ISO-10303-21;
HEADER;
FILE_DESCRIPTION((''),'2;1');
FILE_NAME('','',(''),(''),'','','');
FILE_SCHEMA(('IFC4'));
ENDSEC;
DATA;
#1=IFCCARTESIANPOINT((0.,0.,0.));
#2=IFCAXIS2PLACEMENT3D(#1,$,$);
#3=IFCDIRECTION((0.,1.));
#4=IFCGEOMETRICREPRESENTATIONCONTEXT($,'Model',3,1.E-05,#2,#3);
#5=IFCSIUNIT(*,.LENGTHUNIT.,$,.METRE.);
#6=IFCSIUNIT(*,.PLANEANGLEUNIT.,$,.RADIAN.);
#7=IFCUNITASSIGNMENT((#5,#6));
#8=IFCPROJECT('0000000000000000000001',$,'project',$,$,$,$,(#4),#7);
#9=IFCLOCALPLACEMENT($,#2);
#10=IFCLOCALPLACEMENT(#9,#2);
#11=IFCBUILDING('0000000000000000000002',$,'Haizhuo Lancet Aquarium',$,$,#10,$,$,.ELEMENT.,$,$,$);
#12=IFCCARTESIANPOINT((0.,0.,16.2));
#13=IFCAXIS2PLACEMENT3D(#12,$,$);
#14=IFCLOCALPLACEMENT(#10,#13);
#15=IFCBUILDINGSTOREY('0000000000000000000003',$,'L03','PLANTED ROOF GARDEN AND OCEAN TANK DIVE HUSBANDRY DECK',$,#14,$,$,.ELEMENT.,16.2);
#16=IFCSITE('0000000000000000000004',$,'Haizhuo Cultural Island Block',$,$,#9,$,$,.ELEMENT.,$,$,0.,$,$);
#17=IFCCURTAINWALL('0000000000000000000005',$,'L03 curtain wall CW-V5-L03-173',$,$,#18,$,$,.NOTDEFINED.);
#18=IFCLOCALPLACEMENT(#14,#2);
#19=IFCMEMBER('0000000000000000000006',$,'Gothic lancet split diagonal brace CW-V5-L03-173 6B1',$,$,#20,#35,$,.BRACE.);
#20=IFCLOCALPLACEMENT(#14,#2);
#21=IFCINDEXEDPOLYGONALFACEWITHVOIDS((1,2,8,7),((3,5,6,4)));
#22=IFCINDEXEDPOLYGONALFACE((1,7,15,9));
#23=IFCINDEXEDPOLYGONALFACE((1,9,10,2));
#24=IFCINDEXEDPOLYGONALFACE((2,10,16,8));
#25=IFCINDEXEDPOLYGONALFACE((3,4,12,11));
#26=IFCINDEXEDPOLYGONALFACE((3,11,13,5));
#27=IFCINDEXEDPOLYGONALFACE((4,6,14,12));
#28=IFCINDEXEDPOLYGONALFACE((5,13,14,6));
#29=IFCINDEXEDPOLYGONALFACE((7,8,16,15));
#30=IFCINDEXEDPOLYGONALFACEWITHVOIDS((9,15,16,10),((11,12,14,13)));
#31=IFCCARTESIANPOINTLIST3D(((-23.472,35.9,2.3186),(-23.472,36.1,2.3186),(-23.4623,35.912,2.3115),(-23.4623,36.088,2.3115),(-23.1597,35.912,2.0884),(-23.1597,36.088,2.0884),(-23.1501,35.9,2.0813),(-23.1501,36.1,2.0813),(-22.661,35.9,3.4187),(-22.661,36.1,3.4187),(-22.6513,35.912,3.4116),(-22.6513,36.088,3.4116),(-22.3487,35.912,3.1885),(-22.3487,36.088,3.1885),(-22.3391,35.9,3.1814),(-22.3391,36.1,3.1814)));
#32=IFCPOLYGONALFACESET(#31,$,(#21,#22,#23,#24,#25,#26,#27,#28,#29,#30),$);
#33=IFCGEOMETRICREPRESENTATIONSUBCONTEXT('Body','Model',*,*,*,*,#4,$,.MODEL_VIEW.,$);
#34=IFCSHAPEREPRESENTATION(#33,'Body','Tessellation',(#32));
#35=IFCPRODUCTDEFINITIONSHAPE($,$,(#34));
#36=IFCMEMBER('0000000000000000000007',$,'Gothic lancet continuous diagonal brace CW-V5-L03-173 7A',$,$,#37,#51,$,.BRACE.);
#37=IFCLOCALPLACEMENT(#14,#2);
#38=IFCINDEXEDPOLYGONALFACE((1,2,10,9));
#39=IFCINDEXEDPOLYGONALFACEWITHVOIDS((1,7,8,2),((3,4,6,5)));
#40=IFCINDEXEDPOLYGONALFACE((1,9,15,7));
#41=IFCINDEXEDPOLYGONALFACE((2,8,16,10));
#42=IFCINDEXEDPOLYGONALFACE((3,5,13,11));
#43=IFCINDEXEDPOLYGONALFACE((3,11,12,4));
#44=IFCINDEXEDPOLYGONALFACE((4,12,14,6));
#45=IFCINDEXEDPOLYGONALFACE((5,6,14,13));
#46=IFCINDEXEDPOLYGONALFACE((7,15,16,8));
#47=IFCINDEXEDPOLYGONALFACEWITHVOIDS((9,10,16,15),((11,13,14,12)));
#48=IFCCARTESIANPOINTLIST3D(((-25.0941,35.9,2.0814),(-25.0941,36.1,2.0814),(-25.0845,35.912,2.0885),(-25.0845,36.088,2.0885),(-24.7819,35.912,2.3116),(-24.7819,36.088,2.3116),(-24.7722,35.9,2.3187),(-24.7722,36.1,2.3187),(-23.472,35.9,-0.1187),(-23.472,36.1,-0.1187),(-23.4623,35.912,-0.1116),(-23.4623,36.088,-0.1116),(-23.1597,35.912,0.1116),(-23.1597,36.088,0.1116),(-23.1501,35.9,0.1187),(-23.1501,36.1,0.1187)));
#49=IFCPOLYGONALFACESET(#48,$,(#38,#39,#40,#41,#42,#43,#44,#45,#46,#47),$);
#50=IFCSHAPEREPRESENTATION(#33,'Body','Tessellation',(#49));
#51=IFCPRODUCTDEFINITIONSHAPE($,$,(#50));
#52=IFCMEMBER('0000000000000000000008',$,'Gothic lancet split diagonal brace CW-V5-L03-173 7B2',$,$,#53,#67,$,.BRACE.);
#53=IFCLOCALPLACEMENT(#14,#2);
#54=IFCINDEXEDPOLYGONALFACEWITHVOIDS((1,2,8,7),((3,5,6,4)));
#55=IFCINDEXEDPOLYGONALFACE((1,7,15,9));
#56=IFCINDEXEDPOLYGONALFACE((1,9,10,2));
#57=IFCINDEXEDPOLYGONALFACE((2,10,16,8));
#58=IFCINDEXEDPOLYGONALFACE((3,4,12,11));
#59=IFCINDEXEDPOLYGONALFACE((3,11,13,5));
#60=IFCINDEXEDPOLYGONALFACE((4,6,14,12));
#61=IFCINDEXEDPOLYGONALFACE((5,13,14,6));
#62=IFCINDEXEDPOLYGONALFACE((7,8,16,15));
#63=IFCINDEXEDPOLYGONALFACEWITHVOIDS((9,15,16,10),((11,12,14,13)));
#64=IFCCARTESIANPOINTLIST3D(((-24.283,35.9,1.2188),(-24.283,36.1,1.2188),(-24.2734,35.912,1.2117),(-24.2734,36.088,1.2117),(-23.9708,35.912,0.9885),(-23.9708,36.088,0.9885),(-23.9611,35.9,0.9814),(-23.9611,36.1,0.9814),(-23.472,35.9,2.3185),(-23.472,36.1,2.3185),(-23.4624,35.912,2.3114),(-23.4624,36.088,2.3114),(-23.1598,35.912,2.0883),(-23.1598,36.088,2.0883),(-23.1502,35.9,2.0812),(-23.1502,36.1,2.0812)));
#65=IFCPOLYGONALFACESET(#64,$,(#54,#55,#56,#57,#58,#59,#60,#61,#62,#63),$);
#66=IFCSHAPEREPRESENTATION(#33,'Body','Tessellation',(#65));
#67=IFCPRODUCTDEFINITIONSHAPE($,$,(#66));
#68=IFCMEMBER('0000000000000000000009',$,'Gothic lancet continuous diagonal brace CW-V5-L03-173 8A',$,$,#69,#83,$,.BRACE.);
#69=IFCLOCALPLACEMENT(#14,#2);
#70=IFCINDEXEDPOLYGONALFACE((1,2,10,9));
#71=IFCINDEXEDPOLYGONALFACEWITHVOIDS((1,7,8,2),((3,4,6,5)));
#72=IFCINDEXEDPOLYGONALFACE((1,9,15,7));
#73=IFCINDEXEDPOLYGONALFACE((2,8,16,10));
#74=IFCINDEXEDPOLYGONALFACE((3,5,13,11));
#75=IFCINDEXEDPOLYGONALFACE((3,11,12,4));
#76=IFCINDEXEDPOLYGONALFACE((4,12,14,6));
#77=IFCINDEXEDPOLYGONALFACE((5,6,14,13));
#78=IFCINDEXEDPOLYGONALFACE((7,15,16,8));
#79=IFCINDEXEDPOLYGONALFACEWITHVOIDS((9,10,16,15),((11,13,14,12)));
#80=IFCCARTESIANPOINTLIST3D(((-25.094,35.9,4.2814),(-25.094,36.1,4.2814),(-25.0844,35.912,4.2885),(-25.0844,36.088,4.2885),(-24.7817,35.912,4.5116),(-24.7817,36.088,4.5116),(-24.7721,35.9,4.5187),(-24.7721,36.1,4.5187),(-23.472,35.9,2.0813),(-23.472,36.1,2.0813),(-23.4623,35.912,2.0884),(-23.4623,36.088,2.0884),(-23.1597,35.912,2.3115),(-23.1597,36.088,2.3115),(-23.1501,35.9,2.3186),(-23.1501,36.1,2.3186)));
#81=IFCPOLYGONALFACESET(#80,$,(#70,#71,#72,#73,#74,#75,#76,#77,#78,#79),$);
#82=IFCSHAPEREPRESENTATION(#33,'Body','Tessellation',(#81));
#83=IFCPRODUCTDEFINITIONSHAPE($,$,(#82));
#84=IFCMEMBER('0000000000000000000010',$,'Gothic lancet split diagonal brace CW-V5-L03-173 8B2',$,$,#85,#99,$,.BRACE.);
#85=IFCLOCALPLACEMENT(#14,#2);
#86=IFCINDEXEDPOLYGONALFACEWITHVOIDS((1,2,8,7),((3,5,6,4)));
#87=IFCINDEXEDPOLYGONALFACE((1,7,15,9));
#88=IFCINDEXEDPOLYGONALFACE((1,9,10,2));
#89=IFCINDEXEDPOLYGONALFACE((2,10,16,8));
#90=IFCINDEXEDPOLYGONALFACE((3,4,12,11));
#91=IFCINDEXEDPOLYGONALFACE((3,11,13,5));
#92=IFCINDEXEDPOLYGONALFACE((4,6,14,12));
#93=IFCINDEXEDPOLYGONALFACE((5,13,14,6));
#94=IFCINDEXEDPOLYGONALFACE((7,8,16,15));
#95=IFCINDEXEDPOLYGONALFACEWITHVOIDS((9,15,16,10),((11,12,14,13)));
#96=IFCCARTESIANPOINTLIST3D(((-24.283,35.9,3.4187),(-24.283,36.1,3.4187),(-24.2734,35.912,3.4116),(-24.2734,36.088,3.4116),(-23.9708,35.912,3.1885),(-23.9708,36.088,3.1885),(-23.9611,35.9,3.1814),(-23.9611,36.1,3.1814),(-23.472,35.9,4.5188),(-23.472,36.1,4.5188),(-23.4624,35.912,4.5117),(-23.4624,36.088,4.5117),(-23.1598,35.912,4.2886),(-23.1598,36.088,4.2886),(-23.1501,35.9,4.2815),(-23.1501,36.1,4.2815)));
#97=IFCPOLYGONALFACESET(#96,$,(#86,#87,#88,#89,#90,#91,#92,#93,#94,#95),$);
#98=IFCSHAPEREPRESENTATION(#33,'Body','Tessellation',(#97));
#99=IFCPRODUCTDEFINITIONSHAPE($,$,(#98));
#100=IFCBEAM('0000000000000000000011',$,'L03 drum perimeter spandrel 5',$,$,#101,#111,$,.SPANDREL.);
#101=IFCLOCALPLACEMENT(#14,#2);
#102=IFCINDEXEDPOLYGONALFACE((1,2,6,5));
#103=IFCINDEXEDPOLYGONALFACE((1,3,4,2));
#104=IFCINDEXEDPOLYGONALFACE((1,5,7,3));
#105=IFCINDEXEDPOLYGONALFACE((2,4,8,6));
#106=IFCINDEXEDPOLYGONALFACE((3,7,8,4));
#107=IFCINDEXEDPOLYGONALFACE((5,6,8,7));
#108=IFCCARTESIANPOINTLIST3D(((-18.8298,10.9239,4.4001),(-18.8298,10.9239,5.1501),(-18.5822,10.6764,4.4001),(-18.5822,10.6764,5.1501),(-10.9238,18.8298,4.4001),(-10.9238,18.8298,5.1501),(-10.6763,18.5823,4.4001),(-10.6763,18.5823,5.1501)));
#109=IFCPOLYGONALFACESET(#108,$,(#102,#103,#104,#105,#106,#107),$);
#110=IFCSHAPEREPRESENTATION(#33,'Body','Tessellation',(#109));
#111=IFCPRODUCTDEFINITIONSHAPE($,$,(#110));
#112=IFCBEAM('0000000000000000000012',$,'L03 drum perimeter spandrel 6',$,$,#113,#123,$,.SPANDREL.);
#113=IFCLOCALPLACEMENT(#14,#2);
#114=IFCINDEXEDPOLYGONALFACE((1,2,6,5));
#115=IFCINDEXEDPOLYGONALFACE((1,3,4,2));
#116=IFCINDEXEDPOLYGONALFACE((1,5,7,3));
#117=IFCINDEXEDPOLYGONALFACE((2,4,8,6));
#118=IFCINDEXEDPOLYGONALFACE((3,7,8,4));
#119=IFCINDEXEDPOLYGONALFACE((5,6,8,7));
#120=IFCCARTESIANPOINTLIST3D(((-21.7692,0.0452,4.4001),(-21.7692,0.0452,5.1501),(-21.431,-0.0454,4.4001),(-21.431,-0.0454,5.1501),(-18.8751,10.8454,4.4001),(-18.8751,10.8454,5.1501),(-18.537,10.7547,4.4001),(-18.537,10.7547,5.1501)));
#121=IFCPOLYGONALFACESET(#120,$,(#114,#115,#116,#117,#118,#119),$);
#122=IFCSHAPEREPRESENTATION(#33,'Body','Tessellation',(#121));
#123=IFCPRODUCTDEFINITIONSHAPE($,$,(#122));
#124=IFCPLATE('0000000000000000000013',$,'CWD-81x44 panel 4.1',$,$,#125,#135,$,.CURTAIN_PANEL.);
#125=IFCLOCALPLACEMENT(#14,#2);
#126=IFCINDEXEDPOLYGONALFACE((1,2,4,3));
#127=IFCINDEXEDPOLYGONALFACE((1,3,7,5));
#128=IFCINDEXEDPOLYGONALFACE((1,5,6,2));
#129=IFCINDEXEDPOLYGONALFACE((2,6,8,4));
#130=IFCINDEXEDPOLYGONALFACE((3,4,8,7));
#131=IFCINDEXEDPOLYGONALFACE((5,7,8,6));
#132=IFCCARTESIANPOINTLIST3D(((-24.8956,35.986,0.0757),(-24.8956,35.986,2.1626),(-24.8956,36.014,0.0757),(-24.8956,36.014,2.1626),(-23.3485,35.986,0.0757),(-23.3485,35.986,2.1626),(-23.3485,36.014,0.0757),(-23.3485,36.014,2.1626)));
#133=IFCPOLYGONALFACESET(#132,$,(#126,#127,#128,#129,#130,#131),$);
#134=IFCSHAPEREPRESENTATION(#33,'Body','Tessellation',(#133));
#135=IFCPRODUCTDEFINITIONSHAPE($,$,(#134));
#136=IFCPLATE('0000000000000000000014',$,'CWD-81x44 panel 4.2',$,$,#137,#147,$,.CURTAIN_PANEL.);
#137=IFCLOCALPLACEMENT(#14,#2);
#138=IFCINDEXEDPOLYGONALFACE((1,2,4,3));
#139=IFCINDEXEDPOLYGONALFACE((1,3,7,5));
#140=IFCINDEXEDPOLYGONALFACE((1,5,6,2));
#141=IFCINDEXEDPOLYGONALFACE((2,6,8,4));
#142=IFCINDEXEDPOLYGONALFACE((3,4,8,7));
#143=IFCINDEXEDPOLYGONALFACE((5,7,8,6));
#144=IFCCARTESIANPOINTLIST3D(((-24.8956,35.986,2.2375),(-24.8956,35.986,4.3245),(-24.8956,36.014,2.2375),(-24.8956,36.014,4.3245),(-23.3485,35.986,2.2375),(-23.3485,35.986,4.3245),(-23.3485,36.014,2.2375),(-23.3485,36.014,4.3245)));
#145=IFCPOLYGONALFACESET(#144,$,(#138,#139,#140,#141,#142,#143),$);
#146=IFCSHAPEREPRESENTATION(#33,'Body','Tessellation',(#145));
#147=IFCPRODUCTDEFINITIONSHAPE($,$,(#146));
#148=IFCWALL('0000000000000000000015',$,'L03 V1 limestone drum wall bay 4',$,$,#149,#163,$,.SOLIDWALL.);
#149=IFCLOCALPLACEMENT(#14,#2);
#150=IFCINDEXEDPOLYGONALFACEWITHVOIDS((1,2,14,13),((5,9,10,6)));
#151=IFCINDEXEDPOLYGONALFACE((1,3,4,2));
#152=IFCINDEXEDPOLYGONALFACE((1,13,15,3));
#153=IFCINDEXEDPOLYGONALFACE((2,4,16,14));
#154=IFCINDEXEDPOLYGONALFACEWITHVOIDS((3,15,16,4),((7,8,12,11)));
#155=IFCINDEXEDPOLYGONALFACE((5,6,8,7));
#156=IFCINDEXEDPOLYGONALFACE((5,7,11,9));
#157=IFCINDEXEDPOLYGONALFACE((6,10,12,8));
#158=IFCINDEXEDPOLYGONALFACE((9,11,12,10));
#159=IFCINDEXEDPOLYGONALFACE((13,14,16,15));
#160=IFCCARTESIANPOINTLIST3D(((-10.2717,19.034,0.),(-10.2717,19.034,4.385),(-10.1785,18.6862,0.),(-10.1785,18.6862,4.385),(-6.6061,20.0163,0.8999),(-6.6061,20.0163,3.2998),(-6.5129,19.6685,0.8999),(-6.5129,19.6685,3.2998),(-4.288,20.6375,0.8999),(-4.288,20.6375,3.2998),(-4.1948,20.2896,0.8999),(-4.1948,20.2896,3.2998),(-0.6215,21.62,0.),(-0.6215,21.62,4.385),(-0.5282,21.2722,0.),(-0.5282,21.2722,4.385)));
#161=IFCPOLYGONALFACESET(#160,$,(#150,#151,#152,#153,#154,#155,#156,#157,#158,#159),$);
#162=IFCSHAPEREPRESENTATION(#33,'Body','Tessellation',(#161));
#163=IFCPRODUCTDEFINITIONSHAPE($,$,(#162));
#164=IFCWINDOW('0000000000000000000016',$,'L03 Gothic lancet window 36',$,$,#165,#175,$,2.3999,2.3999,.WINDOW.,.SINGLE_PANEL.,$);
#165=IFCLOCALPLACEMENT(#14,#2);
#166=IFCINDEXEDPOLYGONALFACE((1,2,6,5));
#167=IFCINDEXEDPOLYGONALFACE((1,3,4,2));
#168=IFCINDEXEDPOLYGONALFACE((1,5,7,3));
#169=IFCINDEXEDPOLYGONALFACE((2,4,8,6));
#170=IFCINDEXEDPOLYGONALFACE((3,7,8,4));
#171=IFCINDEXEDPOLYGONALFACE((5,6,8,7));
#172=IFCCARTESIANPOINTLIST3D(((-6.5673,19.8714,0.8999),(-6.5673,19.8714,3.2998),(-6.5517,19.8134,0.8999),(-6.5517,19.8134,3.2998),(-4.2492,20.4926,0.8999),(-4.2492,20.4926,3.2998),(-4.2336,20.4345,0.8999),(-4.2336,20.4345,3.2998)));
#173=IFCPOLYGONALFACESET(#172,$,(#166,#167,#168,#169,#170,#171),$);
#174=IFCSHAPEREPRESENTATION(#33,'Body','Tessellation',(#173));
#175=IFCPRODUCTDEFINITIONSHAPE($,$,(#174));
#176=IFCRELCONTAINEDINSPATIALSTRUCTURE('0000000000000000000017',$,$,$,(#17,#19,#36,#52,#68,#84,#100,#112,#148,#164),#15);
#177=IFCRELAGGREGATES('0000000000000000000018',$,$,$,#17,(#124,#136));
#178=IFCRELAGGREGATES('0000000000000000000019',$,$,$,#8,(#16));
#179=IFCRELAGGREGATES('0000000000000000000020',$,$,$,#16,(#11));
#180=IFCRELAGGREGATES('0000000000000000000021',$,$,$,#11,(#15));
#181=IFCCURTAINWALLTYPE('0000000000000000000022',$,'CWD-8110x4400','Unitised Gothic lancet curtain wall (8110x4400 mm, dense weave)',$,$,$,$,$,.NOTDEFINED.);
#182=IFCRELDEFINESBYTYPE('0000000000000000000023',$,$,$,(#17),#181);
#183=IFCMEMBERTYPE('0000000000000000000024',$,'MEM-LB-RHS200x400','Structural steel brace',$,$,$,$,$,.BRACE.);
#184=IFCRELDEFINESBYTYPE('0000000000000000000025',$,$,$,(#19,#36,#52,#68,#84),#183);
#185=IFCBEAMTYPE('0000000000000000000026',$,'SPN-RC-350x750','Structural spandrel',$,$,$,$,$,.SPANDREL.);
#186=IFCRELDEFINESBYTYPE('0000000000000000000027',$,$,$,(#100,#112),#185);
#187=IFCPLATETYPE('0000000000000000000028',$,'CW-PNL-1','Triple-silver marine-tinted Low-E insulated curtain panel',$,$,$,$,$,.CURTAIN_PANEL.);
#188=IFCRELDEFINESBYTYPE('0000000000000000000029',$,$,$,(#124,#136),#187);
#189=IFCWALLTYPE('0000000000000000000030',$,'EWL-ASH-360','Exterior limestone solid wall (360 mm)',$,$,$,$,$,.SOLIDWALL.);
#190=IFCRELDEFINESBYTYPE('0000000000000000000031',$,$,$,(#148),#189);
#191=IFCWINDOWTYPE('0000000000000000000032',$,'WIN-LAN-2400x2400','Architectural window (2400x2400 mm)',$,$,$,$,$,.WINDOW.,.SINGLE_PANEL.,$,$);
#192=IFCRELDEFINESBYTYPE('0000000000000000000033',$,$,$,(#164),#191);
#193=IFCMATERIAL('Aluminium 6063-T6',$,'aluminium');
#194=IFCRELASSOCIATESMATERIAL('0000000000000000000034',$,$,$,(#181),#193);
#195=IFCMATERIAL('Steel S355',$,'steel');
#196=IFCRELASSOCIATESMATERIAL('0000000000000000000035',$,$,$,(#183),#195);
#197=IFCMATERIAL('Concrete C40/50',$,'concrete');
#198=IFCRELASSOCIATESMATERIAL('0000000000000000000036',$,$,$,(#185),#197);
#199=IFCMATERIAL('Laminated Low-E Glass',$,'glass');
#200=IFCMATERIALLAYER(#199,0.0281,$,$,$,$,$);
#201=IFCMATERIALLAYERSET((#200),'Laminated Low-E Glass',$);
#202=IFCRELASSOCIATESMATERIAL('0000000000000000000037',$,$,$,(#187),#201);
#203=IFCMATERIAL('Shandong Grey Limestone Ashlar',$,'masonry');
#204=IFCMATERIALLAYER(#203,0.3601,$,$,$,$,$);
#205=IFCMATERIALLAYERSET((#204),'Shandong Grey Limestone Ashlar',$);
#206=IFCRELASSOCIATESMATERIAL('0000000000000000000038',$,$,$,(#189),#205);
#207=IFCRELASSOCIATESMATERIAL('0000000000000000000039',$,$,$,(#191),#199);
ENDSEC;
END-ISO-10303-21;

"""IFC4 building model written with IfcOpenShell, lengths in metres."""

from ifc_helpers import new_model, si_unit, direction, frame, frame_2d, origin, origin_2d, place, context, subcontext, project, spatial, rectangle, hollow_rectangle, extrude, material, layer, layer_set, material_profile, profile_set, type_object, element, fill, aggregate, save


model = new_model("IFC4")

# Units and contexts
model_context = context("Model", 3, precision=1e-05, world=origin(), true_north=direction((0.0, 1.0)))
body_context = subcontext(model_context, "Body", "Model", "MODEL_VIEW")
ifc_project = project(units=[si_unit("LENGTHUNIT", "METRE"), si_unit("PLANEANGLEUNIT", "RADIAN")], contexts=[model_context])

# Site, building, storey
site_placement = place(None, origin())
site = spatial("IfcSite", under=ifc_project, at=site_placement, Name="Haizhuo Cultural Island Block", CompositionType="ELEMENT", RefElevation=0.0)
building_placement = place(site_placement, origin())
building = spatial("IfcBuilding", under=site, at=building_placement, Name="Haizhuo Lancet Aquarium", CompositionType="ELEMENT")
storey_placement = place(building_placement, frame((0.0, 0.0, 16.2)))
storey = spatial("IfcBuildingStorey", under=building, at=storey_placement, Name="L03", Description="PLANTED ROOF GARDEN AND OCEAN TANK DIVE HUSBANDRY DECK", CompositionType="ELEMENT", Elevation=16.2)

# Shared definitions
ifc_material_1 = material(Name="Concrete C40/50", Category="concrete")
ifc_material_2 = material(Name="Steel S355", Category="steel")

# Curtain wall
ifc_material_3 = material(Name="Aluminium 6063-T6", Category="aluminium")
curtain_wall_type = type_object("IfcCurtainWallType", Name="CWD-8110x4400", Description="Unitised Gothic lancet curtain wall (8110x4400 mm, dense weave)", PredefinedType="NOTDEFINED", material=ifc_material_3)
curtain_wall_placement = place(storey_placement, origin())
curtain_wall = element("IfcCurtainWall", 1, at=curtain_wall_placement, inside=storey, type_object=curtain_wall_type, Name="L03 curtain wall CW-V5-L03-173", PredefinedType="NOTDEFINED")

# Members
ifc_material_profile_1 = material_profile(ifc_material_2, hollow_rectangle(XDim=0.2, YDim=0.3999, WallThickness=0.012, at=origin_2d()), Name="RHS 200x400x12")
ifc_profile_set_1 = profile_set([ifc_material_profile_1], Name="Steel S355")
member_type_1 = type_object("IfcMemberType", Name="MEM-LB-RHS200x400", Description="Structural steel brace", PredefinedType="BRACE", material=ifc_profile_set_1)
for number, where, z_axis, x_axis, name in (
    (2, (-23.311, 36.0, 2.2), (0.593406, 0.0, 0.804903), (0.0, 1.0, 0.0), "Gothic lancet split diagonal brace CW-V5-L03-173 6B1"),
):
    element("IfcMember", number, at=place(storey_placement, frame(where, z_axis=z_axis, x_axis=x_axis)), inside=storey, type_object=member_type_1, Name=name, PredefinedType="BRACE", context=body_context, shape_type="SweptSolid", body=[
        extrude(hollow_rectangle(XDim=0.2, YDim=0.3999, WallThickness=0.012, at=origin_2d()), origin(), (0.0, 0.0, 1.0), 1.3667),
    ])
member_1_placement = place(storey_placement, frame((-23.311, 36.0, 0.0), z_axis=(-0.593449, 0.0, 0.804872), x_axis=(0.0, -1.0, 0.0)))
element("IfcMember", 3, at=member_1_placement, inside=storey, type_object=member_type_1, Name="Gothic lancet continuous diagonal brace CW-V5-L03-173 7A", PredefinedType="BRACE", context=body_context, shape_type="SweptSolid", body=[
    extrude(hollow_rectangle(XDim=0.2, YDim=0.3999, WallThickness=0.012, at=origin_2d()), origin(), (0.0, 0.0, 1.0), 2.7334),
])
member_2_placement = place(storey_placement, frame((-24.1221, 36.0, 1.1001), z_axis=(0.593492, 0.0, 0.80484), x_axis=(0.0, 1.0, 0.0)))
element("IfcMember", 4, at=member_2_placement, inside=storey, type_object=member_type_1, Name="Gothic lancet split diagonal brace CW-V5-L03-173 7B2", PredefinedType="BRACE", context=body_context, shape_type="SweptSolid", body=[
    extrude(hollow_rectangle(XDim=0.2, YDim=0.3999, WallThickness=0.012, at=origin_2d()), origin(), (0.0, 0.0, 1.0), 1.3665),
])
member_3_placement = place(storey_placement, frame((-23.311, 36.0, 2.2), z_axis=(-0.593406, 0.0, 0.804903), x_axis=(0.0, -1.0, 0.0)))
element("IfcMember", 5, at=member_3_placement, inside=storey, type_object=member_type_1, Name="Gothic lancet continuous diagonal brace CW-V5-L03-173 8A", PredefinedType="BRACE", context=body_context, shape_type="SweptSolid", body=[
    extrude(hollow_rectangle(XDim=0.2, YDim=0.3999, WallThickness=0.012, at=origin_2d()), origin(), (0.0, 0.0, 1.0), 2.7334),
])
member_4_placement = place(storey_placement, frame((-24.1221, 36.0, 3.3), z_axis=(0.593406, 0.0, 0.804903), x_axis=(0.0, 1.0, 0.0)))
element("IfcMember", 6, at=member_4_placement, inside=storey, type_object=member_type_1, Name="Gothic lancet split diagonal brace CW-V5-L03-173 8B2", PredefinedType="BRACE", context=body_context, shape_type="SweptSolid", body=[
    extrude(hollow_rectangle(XDim=0.2, YDim=0.3999, WallThickness=0.012, at=origin_2d()), origin(), (0.0, 0.0, 1.0), 1.3667),
])

# Beams
ifc_material_profile_2 = material_profile(ifc_material_1, rectangle(XDim=0.3501, YDim=0.75, at=origin_2d()), Name="RC-SP 350x750")
ifc_profile_set_2 = profile_set([ifc_material_profile_2], Name="Concrete C40/50")
beam_type_1 = type_object("IfcBeamType", Name="SPN-RC-350x750", Description="Structural spandrel", PredefinedType="SPANDREL", material=ifc_profile_set_2)
beam_1_placement = place(storey_placement, frame((-10.8, 18.7061, 4.7751), z_axis=(-0.707107, -0.707107, 0.0), x_axis=(0.707107, -0.707107, 0.0)))
element("IfcBeam", 7, at=beam_1_placement, inside=storey, type_object=beam_type_1, Name="L03 drum perimeter spandrel 5", PredefinedType="SPANDREL", context=body_context, shape_type="SweptSolid", body=[
    extrude(rectangle(XDim=0.3501, YDim=0.75, at=origin_2d()), origin(), (0.0, 0.0, 1.0), 11.1807),
])
beam_2_placement = place(storey_placement, frame((-18.7061, 10.8, 4.7751), z_axis=(-0.258834, -0.965922, 0.0), x_axis=(0.965922, -0.258834, 0.0)))
element("IfcBeam", 8, at=beam_2_placement, inside=storey, type_object=beam_type_1, Name="L03 drum perimeter spandrel 6", PredefinedType="SPANDREL", context=body_context, shape_type="SweptSolid", body=[
    extrude(rectangle(XDim=0.3501, YDim=0.75, at=origin_2d()), origin(), (0.0, 0.0, 1.0), 11.1812),
])

# Plates
ifc_material_4 = material(Name="Laminated Low-E Glass", Category="glass")
ifc_layer_1 = layer(ifc_material_4, 0.0281)
ifc_layer_set_1 = layer_set([ifc_layer_1], Name="Laminated Low-E Glass")
plate_type = type_object("IfcPlateType", Name="CW-PNL-1", Description="Triple-silver marine-tinted Low-E insulated curtain panel", PredefinedType="CURTAIN_PANEL", material=ifc_layer_set_1)
plate_1_placement = place(storey_placement, frame((-24.1221, 36.0, 0.0757), z_axis=(0.0, 0.0, 1.0), x_axis=(-1.0, 0.0, 0.0)))
plate_1 = element("IfcPlate", 9, at=plate_1_placement, type_object=plate_type, Name="CWD-81x44 panel 4.1", PredefinedType="CURTAIN_PANEL", context=body_context, shape_type="SweptSolid", body=[
    extrude(rectangle(XDim=1.5471, YDim=0.0281, at=origin_2d()), origin(), (0.0, 0.0, 1.0), 2.0869),
])
plate_2_placement = place(storey_placement, frame((-24.1221, 36.0, 2.2375), z_axis=(0.0, 0.0, 1.0), x_axis=(-1.0, 0.0, 0.0)))
plate_2 = element("IfcPlate", 10, at=plate_2_placement, type_object=plate_type, Name="CWD-81x44 panel 4.2", PredefinedType="CURTAIN_PANEL", context=body_context, shape_type="SweptSolid", body=[
    extrude(rectangle(XDim=1.5471, YDim=0.0281, at=origin_2d()), origin(), (0.0, 0.0, 1.0), 2.0869),
])
aggregate(curtain_wall, [plate_1, plate_2])

# Wall, opening, window
ifc_material_5 = material(Name="Shandong Grey Limestone Ashlar", Category="masonry")
ifc_layer_2 = layer(ifc_material_5, 0.3601)
ifc_layer_set_2 = layer_set([ifc_layer_2], Name="Shandong Grey Limestone Ashlar")
wall_type_1 = type_object("IfcWallType", Name="EWL-ASH-360", Description="Exterior limestone solid wall (360 mm)", PredefinedType="SOLIDWALL", material=ifc_layer_set_2)
wall_1_placement = place(storey_placement, frame((-10.2251, 18.8601, 0.0), z_axis=(0.0, 0.0, 1.0), x_axis=(0.965921, 0.258837, 0.0)))
wall_1 = element("IfcWall", 11, at=wall_1_placement, inside=storey, type_object=wall_type_1, Name="L03 V1 limestone drum wall bay 4", PredefinedType="SOLIDWALL", context=body_context, shape_type="SweptSolid", body=[
    extrude(rectangle(XDim=9.9907, YDim=0.3601, at=frame_2d((4.9954, 0.0))), origin(), (0.0, 0.0, 1.0), 4.385),
])
opening_1_placement = place(wall_1_placement, frame((3.7949, 0.0, 0.8999)))
opening_1 = element("IfcOpeningElement", 12, at=opening_1_placement, cuts=wall_1, PredefinedType="OPENING", context=body_context, shape_type="SweptSolid", body=[
    extrude(rectangle(XDim=2.3999, YDim=2.3999, at=frame_2d((1.2, 1.2))), frame((0.0, 0.1899, 0.0), z_axis=(0.0, -1.0, 0.0), x_axis=(1.0, 0.0, 0.0)), (0.0, 0.0, 1.0), 0.3801),
])
window_type_1 = type_object("IfcWindowType", Name="WIN-LAN-2400x2400", Description="Architectural window (2400x2400 mm)", PartitioningType="SINGLE_PANEL", PredefinedType="WINDOW", material=ifc_material_4)
window_1_placement = place(opening_1_placement, origin())
window_1 = element("IfcWindow", 13, at=window_1_placement, inside=storey, type_object=window_type_1, Name="L03 Gothic lancet window 36", OverallHeight=2.3999, OverallWidth=2.3999, PartitioningType="SINGLE_PANEL", PredefinedType="WINDOW", context=body_context, shape_type="SweptSolid", body=[
    extrude(rectangle(XDim=2.3999, YDim=2.3999, at=frame_2d((1.2, 1.2))), frame((0.0, 0.03, 0.0), z_axis=(0.0, -1.0, 0.0), x_axis=(1.0, 0.0, 0.0)), (0.0, 0.0, 1.0), 0.0601),
])
fill(opening_1, window_1)

save(model, "model.ifc")
